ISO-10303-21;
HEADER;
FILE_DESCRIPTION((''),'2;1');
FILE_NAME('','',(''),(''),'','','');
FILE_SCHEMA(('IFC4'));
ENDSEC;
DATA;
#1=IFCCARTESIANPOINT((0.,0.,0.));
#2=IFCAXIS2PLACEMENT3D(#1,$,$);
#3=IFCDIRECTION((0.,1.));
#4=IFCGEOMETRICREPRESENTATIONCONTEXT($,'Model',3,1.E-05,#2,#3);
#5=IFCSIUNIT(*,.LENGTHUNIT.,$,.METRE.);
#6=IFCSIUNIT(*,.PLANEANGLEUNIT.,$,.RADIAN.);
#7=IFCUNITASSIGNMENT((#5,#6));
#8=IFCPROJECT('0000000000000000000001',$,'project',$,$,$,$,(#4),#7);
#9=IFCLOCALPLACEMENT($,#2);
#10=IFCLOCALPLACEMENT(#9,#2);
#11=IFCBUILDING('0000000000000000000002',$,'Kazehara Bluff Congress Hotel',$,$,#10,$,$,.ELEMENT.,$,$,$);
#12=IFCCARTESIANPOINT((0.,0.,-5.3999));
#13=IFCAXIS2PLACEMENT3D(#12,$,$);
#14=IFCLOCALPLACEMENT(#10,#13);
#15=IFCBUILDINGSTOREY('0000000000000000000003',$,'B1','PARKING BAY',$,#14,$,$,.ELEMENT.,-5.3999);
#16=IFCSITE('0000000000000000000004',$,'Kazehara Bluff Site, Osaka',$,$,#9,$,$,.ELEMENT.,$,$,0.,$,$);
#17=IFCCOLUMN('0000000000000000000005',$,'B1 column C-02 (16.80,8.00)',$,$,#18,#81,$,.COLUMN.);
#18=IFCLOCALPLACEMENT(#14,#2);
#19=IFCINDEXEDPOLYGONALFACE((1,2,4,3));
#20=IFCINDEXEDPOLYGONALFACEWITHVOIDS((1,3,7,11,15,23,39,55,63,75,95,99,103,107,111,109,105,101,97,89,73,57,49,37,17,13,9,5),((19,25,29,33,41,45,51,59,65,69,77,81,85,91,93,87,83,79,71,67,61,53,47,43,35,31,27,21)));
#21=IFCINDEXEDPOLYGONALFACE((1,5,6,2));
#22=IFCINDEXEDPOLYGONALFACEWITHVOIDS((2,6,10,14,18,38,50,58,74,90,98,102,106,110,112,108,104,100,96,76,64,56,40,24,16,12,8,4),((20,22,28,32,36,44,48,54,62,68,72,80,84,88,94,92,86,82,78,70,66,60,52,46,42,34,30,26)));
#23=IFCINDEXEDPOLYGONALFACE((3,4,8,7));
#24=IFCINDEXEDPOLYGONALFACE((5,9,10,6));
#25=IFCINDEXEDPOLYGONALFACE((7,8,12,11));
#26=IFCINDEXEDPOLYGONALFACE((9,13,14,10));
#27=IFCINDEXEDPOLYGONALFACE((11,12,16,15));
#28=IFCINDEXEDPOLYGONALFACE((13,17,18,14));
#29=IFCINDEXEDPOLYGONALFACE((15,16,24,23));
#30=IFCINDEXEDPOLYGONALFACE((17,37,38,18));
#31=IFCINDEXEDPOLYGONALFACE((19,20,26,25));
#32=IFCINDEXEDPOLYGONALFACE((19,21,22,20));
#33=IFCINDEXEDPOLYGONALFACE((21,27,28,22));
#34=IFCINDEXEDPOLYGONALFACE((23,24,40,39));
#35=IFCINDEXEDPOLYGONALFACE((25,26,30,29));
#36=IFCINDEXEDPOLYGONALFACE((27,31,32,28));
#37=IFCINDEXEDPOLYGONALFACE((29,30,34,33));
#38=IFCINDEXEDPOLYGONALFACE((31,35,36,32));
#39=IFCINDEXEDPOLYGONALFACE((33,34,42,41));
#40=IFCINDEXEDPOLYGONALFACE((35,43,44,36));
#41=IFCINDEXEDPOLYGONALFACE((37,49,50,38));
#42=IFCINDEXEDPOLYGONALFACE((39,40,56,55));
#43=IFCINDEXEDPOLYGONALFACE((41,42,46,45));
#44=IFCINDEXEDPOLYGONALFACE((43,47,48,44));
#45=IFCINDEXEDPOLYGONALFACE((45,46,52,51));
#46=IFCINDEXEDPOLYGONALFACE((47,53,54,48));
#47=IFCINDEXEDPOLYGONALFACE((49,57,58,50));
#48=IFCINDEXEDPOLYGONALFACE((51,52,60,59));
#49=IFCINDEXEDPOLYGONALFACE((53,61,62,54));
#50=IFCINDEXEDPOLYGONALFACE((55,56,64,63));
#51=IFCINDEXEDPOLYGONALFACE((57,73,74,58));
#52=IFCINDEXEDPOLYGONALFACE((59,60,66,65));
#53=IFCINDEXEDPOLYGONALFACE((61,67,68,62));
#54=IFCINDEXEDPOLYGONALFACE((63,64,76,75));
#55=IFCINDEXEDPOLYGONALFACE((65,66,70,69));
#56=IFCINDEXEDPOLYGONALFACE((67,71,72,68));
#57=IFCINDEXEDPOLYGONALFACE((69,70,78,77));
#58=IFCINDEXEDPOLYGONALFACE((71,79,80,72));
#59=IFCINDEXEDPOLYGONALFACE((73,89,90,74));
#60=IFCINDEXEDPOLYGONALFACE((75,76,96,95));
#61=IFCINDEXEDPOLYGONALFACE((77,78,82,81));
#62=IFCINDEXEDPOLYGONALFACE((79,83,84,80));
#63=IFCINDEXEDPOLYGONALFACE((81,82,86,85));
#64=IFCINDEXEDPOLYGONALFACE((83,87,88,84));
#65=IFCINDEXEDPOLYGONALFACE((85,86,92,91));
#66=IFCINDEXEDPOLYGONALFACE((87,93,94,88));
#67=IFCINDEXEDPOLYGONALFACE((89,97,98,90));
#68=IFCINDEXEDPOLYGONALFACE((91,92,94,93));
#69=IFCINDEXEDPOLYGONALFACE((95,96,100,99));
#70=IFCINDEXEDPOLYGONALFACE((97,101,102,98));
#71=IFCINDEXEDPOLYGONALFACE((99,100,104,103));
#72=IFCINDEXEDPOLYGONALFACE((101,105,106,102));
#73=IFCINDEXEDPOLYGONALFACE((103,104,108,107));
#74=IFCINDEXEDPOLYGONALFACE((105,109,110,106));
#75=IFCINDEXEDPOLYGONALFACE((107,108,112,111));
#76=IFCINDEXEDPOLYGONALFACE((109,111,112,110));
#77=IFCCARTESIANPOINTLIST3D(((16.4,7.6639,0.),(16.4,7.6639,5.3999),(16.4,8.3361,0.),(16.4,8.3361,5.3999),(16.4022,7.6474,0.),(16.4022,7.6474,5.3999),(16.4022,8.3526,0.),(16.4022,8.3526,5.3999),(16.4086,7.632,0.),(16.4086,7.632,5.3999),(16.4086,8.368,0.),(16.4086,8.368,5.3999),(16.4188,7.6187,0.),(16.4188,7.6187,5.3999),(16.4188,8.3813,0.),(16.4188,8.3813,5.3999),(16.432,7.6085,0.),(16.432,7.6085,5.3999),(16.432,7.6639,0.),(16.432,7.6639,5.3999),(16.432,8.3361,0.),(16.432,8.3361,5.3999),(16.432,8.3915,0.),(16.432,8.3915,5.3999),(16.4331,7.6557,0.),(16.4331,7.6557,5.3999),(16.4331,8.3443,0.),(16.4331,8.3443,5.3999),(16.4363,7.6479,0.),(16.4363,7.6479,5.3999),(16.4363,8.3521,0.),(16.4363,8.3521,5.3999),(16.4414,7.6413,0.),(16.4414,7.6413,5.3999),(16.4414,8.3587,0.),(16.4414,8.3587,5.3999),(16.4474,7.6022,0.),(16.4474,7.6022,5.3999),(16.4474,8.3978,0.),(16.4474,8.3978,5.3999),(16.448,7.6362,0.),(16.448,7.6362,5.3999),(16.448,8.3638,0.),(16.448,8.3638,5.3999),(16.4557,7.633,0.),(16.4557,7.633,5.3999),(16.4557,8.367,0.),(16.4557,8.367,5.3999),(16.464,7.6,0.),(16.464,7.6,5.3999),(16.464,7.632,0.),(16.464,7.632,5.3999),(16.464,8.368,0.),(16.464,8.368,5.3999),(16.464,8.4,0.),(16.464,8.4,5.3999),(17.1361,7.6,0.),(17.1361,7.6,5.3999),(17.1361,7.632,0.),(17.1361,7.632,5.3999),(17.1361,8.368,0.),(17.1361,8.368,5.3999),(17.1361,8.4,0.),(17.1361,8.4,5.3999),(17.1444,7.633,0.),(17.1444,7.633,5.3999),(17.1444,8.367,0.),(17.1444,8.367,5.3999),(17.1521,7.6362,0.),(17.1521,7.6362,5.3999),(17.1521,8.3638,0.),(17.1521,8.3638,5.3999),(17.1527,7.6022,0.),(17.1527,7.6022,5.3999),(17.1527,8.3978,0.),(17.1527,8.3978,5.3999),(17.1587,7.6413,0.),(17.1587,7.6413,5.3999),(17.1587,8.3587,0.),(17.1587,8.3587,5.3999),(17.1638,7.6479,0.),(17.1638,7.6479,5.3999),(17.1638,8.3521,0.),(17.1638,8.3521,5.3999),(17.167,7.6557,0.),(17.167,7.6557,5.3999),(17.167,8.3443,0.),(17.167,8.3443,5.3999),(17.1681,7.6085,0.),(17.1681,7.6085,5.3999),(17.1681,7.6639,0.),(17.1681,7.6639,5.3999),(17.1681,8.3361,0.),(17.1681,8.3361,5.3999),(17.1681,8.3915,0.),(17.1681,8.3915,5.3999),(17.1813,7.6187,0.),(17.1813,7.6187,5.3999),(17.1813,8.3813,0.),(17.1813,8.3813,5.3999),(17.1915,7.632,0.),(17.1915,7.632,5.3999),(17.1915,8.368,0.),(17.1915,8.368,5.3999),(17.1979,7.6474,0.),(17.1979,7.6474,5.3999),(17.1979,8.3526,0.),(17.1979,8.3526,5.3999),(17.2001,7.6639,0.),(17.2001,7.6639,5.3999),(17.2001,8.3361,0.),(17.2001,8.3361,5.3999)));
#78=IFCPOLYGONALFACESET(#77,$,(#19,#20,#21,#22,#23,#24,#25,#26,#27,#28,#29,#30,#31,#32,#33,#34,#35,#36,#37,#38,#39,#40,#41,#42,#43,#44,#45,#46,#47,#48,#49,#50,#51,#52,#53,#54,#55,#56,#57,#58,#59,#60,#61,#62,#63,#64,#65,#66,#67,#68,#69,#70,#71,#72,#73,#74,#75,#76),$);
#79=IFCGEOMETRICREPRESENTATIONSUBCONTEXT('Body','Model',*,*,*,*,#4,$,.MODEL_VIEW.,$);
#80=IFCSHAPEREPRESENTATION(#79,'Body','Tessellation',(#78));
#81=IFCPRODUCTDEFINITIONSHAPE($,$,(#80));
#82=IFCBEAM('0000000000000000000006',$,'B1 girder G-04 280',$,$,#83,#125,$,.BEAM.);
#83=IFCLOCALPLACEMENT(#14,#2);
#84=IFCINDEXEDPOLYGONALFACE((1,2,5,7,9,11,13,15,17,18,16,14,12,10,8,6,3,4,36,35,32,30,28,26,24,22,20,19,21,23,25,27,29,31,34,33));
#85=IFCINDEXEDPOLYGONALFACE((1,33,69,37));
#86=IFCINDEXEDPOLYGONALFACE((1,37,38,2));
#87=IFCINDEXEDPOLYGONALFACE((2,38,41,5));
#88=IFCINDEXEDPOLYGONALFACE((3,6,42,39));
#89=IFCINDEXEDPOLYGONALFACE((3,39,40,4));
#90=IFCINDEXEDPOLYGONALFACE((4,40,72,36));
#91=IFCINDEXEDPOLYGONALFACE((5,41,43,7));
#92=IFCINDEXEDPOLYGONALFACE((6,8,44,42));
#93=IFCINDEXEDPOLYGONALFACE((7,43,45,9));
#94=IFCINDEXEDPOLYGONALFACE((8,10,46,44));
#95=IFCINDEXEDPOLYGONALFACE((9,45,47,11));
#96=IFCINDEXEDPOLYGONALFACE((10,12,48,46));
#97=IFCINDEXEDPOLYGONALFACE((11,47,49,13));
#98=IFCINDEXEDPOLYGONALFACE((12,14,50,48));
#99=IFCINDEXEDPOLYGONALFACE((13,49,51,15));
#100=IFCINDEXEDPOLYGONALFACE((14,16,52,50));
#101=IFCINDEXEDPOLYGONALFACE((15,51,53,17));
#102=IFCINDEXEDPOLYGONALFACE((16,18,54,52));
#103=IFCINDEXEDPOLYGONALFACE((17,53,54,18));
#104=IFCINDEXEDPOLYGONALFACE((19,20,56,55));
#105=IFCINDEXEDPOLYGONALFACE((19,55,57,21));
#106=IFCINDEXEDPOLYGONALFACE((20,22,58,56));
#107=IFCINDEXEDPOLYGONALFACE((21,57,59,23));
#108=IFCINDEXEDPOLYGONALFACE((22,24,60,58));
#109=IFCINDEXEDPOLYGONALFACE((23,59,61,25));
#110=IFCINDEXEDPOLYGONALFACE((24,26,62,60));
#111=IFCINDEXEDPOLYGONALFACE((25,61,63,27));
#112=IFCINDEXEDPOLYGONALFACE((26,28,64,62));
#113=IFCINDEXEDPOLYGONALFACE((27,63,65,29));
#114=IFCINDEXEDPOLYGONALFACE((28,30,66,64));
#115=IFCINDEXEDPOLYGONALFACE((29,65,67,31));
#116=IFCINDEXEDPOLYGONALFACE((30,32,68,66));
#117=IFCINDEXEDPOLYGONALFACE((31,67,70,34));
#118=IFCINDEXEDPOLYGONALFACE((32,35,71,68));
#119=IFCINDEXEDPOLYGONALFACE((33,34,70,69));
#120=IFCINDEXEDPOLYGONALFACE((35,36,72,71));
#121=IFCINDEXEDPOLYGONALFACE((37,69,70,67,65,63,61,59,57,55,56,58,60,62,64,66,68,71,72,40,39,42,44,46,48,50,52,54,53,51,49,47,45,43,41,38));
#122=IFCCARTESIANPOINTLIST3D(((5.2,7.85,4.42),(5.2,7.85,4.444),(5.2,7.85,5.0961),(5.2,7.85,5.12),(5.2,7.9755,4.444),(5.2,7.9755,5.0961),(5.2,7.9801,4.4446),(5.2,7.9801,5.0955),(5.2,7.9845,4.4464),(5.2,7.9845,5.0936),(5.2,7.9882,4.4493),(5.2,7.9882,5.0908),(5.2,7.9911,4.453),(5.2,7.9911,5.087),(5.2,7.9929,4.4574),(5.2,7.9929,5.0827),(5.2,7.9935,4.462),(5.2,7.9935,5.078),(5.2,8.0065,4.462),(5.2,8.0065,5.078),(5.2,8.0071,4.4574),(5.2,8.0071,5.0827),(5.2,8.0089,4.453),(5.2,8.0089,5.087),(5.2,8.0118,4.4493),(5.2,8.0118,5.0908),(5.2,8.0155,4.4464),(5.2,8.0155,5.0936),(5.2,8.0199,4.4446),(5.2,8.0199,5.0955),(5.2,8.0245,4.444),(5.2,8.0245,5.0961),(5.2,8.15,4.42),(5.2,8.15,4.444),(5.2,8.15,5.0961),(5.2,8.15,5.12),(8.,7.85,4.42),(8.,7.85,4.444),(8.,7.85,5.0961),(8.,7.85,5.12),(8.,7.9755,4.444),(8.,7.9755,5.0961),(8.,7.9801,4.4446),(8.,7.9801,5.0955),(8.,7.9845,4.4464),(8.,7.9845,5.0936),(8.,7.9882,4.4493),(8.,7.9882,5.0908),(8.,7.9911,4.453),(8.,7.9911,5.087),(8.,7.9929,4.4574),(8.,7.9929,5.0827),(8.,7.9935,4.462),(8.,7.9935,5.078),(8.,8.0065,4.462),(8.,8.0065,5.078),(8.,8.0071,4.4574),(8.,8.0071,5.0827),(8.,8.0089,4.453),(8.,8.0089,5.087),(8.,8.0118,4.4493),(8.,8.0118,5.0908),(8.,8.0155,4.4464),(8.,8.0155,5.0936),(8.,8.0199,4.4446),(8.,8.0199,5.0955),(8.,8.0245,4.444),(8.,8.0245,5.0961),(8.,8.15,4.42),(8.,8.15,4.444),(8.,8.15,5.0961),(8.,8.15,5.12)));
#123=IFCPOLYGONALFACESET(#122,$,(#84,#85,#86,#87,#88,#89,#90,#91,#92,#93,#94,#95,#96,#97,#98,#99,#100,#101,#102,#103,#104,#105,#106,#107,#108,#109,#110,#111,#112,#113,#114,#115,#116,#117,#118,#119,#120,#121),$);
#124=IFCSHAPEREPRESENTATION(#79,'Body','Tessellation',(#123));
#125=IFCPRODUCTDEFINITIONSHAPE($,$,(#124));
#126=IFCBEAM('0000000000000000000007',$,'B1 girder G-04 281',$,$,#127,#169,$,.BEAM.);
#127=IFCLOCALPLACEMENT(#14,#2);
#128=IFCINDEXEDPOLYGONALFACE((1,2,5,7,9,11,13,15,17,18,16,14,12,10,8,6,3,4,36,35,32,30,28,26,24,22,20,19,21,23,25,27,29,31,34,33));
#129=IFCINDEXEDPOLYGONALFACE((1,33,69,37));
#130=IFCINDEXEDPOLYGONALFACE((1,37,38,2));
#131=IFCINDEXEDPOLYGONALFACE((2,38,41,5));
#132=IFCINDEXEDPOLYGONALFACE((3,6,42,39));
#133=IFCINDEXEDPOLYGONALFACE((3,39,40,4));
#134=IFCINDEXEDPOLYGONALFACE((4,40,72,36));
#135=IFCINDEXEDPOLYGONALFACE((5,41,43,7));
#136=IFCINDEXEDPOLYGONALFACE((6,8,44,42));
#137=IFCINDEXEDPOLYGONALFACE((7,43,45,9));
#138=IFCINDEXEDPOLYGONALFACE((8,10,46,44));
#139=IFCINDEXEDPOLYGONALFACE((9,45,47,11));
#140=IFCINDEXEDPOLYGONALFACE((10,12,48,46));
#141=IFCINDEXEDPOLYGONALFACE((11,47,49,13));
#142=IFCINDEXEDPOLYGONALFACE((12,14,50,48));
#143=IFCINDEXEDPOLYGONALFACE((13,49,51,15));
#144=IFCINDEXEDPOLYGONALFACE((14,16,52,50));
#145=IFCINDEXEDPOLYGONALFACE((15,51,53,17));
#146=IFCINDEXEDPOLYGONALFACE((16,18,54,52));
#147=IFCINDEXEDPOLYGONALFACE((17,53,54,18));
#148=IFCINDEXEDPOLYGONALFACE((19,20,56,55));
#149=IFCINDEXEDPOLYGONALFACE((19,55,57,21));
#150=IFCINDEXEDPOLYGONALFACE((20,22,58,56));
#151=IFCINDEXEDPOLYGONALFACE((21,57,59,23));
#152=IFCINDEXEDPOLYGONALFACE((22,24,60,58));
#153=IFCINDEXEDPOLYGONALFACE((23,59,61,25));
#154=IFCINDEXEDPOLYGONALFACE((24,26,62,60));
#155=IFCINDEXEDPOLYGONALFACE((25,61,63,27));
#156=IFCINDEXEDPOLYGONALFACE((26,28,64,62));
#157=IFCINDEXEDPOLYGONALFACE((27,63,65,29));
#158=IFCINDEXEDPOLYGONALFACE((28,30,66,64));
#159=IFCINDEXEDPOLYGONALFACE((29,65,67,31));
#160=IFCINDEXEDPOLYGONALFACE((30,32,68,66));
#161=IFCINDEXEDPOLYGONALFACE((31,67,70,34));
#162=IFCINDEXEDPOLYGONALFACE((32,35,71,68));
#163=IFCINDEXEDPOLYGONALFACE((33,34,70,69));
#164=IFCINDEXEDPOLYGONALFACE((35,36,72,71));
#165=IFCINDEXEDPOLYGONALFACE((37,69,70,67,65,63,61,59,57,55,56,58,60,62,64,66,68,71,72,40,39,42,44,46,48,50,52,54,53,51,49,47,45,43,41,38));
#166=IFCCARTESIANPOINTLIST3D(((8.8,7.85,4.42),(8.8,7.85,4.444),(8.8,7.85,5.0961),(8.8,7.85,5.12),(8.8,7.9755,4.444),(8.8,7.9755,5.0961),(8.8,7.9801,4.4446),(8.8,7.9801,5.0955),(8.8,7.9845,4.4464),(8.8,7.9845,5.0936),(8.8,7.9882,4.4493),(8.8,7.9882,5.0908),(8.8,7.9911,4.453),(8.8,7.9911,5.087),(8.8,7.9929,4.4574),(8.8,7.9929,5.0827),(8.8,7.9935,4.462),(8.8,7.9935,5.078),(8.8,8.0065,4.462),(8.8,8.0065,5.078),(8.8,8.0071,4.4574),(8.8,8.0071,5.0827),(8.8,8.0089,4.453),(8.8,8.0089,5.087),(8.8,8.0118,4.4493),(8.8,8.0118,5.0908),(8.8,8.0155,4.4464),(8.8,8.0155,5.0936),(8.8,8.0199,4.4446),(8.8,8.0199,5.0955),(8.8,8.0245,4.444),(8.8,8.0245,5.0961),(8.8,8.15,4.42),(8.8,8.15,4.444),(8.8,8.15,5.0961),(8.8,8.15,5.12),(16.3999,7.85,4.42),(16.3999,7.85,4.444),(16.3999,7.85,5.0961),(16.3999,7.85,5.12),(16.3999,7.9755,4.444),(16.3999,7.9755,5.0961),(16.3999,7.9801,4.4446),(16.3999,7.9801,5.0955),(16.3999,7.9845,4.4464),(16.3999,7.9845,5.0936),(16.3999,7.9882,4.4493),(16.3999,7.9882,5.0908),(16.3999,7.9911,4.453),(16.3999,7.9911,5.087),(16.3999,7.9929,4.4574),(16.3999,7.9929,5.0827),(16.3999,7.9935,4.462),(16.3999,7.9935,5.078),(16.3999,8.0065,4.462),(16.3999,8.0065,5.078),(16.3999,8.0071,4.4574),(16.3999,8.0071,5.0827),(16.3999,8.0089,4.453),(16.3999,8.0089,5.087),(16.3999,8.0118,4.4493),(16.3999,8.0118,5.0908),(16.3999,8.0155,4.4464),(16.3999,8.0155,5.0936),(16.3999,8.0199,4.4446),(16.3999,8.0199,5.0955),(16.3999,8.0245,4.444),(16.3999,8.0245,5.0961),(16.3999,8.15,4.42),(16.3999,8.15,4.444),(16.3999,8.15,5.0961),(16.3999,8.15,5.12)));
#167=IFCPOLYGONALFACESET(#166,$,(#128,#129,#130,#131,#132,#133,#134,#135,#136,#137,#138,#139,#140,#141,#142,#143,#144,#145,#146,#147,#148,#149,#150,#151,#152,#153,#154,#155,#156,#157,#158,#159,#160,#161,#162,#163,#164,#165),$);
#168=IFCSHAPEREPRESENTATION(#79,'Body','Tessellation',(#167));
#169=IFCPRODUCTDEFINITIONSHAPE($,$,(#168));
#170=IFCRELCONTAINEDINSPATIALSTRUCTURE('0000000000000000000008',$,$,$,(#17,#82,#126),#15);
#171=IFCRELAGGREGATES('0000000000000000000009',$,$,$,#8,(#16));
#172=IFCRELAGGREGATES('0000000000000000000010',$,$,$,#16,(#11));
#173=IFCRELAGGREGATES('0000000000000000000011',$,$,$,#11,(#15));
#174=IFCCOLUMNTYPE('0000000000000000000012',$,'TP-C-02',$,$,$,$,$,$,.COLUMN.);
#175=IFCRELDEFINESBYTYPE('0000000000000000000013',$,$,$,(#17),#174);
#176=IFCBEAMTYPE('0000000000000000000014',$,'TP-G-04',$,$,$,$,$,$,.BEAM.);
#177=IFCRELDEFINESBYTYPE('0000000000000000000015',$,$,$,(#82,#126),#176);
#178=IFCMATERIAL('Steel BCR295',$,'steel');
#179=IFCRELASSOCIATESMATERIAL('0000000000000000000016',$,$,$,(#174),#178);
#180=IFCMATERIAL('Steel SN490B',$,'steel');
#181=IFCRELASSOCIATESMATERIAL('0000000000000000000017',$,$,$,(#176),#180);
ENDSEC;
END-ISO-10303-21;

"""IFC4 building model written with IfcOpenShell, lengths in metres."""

from ifc_helpers import new_model, si_unit, direction, frame, origin, origin_2d, place, context, subcontext, project, spatial, hollow_rectangle, i_section, extrude, material, material_profile, profile_set, type_object, element, save


model = new_model("IFC4")

# Units and contexts
model_context = context("Model", 3, precision=1e-05, world=origin(), true_north=direction((0.0, 1.0)))
body_context = subcontext(model_context, "Body", "Model", "MODEL_VIEW")
ifc_project = project(units=[si_unit("LENGTHUNIT", "METRE"), si_unit("PLANEANGLEUNIT", "RADIAN")], contexts=[model_context])

# Site, building, storey
site_placement = place(None, origin())
site = spatial("IfcSite", under=ifc_project, at=site_placement, Name="Kazehara Bluff Site, Osaka", CompositionType="ELEMENT", RefElevation=0.0)
building_placement = place(site_placement, origin())
building = spatial("IfcBuilding", under=site, at=building_placement, Name="Kazehara Bluff Congress Hotel", CompositionType="ELEMENT")
storey_placement = place(building_placement, frame((0.0, 0.0, -5.3999)))
storey = spatial("IfcBuildingStorey", under=building, at=storey_placement, Name="B1", Description="PARKING BAY", CompositionType="ELEMENT", Elevation=-5.3999)

# Column
ifc_material_1 = material(Name="Steel BCR295", Category="steel")
ifc_material_profile_1 = material_profile(ifc_material_1, hollow_rectangle(XDim=0.8, YDim=0.8, WallThickness=0.032, InnerFilletRadius=0.032, OuterFilletRadius=0.064, at=origin_2d()))
ifc_profile_set_1 = profile_set([ifc_material_profile_1], Name="Steel BCR295")
column_type = type_object("IfcColumnType", Name="TP-C-02", PredefinedType="COLUMN", material=ifc_profile_set_1)
for number, where, z_axis, x_axis, name in (
    (1, (16.8, 8.0, 0.0), (0.0, 0.0, 1.0), (1.0, 0.0, 0.0), "B1 column C-02 (16.80,8.00)"),
):
    element("IfcColumn", number, at=place(storey_placement, frame(where, z_axis=z_axis, x_axis=x_axis)), inside=storey, type_object=column_type, Name=name, PredefinedType="COLUMN", context=body_context, shape_type="SweptSolid", body=[
        extrude(hollow_rectangle(XDim=0.8, YDim=0.8, WallThickness=0.032, InnerFilletRadius=0.032, OuterFilletRadius=0.064, at=origin_2d()), origin(), (0.0, 0.0, 1.0), 5.3999),
    ])

# Beams
ifc_material_2 = material(Name="Steel SN490B", Category="steel")
ifc_material_profile_2 = material_profile(ifc_material_2, i_section(OverallWidth=0.3, OverallDepth=0.7, WebThickness=0.0129, FlangeThickness=0.0239, FilletRadius=0.0181, at=origin_2d()))
ifc_profile_set_2 = profile_set([ifc_material_profile_2], Name="Steel SN490B")
beam_type_1 = type_object("IfcBeamType", Name="TP-G-04", PredefinedType="BEAM", material=ifc_profile_set_2)
beam_1_placement = place(storey_placement, frame((5.2, 8.0, 4.77), z_axis=(1.0, 0.0, 0.0), x_axis=(0.0, 1.0, 0.0)))
element("IfcBeam", 2, at=beam_1_placement, inside=storey, type_object=beam_type_1, Name="B1 girder G-04 280", PredefinedType="BEAM", context=body_context, shape_type="SweptSolid", body=[
    extrude(i_section(OverallWidth=0.3, OverallDepth=0.7, WebThickness=0.0129, FlangeThickness=0.0239, FilletRadius=0.0181, at=origin_2d()), origin(), (0.0, 0.0, 1.0), 2.8),
])
beam_2_placement = place(storey_placement, frame((8.8, 8.0, 4.77), z_axis=(1.0, 0.0, 0.0), x_axis=(0.0, 1.0, 0.0)))
element("IfcBeam", 3, at=beam_2_placement, inside=storey, type_object=beam_type_1, Name="B1 girder G-04 281", PredefinedType="BEAM", context=body_context, shape_type="SweptSolid", body=[
    extrude(i_section(OverallWidth=0.3, OverallDepth=0.7, WebThickness=0.0129, FlangeThickness=0.0239, FilletRadius=0.0181, at=origin_2d()), origin(), (0.0, 0.0, 1.0), 7.5999),
])

save(model, "model.ifc")
